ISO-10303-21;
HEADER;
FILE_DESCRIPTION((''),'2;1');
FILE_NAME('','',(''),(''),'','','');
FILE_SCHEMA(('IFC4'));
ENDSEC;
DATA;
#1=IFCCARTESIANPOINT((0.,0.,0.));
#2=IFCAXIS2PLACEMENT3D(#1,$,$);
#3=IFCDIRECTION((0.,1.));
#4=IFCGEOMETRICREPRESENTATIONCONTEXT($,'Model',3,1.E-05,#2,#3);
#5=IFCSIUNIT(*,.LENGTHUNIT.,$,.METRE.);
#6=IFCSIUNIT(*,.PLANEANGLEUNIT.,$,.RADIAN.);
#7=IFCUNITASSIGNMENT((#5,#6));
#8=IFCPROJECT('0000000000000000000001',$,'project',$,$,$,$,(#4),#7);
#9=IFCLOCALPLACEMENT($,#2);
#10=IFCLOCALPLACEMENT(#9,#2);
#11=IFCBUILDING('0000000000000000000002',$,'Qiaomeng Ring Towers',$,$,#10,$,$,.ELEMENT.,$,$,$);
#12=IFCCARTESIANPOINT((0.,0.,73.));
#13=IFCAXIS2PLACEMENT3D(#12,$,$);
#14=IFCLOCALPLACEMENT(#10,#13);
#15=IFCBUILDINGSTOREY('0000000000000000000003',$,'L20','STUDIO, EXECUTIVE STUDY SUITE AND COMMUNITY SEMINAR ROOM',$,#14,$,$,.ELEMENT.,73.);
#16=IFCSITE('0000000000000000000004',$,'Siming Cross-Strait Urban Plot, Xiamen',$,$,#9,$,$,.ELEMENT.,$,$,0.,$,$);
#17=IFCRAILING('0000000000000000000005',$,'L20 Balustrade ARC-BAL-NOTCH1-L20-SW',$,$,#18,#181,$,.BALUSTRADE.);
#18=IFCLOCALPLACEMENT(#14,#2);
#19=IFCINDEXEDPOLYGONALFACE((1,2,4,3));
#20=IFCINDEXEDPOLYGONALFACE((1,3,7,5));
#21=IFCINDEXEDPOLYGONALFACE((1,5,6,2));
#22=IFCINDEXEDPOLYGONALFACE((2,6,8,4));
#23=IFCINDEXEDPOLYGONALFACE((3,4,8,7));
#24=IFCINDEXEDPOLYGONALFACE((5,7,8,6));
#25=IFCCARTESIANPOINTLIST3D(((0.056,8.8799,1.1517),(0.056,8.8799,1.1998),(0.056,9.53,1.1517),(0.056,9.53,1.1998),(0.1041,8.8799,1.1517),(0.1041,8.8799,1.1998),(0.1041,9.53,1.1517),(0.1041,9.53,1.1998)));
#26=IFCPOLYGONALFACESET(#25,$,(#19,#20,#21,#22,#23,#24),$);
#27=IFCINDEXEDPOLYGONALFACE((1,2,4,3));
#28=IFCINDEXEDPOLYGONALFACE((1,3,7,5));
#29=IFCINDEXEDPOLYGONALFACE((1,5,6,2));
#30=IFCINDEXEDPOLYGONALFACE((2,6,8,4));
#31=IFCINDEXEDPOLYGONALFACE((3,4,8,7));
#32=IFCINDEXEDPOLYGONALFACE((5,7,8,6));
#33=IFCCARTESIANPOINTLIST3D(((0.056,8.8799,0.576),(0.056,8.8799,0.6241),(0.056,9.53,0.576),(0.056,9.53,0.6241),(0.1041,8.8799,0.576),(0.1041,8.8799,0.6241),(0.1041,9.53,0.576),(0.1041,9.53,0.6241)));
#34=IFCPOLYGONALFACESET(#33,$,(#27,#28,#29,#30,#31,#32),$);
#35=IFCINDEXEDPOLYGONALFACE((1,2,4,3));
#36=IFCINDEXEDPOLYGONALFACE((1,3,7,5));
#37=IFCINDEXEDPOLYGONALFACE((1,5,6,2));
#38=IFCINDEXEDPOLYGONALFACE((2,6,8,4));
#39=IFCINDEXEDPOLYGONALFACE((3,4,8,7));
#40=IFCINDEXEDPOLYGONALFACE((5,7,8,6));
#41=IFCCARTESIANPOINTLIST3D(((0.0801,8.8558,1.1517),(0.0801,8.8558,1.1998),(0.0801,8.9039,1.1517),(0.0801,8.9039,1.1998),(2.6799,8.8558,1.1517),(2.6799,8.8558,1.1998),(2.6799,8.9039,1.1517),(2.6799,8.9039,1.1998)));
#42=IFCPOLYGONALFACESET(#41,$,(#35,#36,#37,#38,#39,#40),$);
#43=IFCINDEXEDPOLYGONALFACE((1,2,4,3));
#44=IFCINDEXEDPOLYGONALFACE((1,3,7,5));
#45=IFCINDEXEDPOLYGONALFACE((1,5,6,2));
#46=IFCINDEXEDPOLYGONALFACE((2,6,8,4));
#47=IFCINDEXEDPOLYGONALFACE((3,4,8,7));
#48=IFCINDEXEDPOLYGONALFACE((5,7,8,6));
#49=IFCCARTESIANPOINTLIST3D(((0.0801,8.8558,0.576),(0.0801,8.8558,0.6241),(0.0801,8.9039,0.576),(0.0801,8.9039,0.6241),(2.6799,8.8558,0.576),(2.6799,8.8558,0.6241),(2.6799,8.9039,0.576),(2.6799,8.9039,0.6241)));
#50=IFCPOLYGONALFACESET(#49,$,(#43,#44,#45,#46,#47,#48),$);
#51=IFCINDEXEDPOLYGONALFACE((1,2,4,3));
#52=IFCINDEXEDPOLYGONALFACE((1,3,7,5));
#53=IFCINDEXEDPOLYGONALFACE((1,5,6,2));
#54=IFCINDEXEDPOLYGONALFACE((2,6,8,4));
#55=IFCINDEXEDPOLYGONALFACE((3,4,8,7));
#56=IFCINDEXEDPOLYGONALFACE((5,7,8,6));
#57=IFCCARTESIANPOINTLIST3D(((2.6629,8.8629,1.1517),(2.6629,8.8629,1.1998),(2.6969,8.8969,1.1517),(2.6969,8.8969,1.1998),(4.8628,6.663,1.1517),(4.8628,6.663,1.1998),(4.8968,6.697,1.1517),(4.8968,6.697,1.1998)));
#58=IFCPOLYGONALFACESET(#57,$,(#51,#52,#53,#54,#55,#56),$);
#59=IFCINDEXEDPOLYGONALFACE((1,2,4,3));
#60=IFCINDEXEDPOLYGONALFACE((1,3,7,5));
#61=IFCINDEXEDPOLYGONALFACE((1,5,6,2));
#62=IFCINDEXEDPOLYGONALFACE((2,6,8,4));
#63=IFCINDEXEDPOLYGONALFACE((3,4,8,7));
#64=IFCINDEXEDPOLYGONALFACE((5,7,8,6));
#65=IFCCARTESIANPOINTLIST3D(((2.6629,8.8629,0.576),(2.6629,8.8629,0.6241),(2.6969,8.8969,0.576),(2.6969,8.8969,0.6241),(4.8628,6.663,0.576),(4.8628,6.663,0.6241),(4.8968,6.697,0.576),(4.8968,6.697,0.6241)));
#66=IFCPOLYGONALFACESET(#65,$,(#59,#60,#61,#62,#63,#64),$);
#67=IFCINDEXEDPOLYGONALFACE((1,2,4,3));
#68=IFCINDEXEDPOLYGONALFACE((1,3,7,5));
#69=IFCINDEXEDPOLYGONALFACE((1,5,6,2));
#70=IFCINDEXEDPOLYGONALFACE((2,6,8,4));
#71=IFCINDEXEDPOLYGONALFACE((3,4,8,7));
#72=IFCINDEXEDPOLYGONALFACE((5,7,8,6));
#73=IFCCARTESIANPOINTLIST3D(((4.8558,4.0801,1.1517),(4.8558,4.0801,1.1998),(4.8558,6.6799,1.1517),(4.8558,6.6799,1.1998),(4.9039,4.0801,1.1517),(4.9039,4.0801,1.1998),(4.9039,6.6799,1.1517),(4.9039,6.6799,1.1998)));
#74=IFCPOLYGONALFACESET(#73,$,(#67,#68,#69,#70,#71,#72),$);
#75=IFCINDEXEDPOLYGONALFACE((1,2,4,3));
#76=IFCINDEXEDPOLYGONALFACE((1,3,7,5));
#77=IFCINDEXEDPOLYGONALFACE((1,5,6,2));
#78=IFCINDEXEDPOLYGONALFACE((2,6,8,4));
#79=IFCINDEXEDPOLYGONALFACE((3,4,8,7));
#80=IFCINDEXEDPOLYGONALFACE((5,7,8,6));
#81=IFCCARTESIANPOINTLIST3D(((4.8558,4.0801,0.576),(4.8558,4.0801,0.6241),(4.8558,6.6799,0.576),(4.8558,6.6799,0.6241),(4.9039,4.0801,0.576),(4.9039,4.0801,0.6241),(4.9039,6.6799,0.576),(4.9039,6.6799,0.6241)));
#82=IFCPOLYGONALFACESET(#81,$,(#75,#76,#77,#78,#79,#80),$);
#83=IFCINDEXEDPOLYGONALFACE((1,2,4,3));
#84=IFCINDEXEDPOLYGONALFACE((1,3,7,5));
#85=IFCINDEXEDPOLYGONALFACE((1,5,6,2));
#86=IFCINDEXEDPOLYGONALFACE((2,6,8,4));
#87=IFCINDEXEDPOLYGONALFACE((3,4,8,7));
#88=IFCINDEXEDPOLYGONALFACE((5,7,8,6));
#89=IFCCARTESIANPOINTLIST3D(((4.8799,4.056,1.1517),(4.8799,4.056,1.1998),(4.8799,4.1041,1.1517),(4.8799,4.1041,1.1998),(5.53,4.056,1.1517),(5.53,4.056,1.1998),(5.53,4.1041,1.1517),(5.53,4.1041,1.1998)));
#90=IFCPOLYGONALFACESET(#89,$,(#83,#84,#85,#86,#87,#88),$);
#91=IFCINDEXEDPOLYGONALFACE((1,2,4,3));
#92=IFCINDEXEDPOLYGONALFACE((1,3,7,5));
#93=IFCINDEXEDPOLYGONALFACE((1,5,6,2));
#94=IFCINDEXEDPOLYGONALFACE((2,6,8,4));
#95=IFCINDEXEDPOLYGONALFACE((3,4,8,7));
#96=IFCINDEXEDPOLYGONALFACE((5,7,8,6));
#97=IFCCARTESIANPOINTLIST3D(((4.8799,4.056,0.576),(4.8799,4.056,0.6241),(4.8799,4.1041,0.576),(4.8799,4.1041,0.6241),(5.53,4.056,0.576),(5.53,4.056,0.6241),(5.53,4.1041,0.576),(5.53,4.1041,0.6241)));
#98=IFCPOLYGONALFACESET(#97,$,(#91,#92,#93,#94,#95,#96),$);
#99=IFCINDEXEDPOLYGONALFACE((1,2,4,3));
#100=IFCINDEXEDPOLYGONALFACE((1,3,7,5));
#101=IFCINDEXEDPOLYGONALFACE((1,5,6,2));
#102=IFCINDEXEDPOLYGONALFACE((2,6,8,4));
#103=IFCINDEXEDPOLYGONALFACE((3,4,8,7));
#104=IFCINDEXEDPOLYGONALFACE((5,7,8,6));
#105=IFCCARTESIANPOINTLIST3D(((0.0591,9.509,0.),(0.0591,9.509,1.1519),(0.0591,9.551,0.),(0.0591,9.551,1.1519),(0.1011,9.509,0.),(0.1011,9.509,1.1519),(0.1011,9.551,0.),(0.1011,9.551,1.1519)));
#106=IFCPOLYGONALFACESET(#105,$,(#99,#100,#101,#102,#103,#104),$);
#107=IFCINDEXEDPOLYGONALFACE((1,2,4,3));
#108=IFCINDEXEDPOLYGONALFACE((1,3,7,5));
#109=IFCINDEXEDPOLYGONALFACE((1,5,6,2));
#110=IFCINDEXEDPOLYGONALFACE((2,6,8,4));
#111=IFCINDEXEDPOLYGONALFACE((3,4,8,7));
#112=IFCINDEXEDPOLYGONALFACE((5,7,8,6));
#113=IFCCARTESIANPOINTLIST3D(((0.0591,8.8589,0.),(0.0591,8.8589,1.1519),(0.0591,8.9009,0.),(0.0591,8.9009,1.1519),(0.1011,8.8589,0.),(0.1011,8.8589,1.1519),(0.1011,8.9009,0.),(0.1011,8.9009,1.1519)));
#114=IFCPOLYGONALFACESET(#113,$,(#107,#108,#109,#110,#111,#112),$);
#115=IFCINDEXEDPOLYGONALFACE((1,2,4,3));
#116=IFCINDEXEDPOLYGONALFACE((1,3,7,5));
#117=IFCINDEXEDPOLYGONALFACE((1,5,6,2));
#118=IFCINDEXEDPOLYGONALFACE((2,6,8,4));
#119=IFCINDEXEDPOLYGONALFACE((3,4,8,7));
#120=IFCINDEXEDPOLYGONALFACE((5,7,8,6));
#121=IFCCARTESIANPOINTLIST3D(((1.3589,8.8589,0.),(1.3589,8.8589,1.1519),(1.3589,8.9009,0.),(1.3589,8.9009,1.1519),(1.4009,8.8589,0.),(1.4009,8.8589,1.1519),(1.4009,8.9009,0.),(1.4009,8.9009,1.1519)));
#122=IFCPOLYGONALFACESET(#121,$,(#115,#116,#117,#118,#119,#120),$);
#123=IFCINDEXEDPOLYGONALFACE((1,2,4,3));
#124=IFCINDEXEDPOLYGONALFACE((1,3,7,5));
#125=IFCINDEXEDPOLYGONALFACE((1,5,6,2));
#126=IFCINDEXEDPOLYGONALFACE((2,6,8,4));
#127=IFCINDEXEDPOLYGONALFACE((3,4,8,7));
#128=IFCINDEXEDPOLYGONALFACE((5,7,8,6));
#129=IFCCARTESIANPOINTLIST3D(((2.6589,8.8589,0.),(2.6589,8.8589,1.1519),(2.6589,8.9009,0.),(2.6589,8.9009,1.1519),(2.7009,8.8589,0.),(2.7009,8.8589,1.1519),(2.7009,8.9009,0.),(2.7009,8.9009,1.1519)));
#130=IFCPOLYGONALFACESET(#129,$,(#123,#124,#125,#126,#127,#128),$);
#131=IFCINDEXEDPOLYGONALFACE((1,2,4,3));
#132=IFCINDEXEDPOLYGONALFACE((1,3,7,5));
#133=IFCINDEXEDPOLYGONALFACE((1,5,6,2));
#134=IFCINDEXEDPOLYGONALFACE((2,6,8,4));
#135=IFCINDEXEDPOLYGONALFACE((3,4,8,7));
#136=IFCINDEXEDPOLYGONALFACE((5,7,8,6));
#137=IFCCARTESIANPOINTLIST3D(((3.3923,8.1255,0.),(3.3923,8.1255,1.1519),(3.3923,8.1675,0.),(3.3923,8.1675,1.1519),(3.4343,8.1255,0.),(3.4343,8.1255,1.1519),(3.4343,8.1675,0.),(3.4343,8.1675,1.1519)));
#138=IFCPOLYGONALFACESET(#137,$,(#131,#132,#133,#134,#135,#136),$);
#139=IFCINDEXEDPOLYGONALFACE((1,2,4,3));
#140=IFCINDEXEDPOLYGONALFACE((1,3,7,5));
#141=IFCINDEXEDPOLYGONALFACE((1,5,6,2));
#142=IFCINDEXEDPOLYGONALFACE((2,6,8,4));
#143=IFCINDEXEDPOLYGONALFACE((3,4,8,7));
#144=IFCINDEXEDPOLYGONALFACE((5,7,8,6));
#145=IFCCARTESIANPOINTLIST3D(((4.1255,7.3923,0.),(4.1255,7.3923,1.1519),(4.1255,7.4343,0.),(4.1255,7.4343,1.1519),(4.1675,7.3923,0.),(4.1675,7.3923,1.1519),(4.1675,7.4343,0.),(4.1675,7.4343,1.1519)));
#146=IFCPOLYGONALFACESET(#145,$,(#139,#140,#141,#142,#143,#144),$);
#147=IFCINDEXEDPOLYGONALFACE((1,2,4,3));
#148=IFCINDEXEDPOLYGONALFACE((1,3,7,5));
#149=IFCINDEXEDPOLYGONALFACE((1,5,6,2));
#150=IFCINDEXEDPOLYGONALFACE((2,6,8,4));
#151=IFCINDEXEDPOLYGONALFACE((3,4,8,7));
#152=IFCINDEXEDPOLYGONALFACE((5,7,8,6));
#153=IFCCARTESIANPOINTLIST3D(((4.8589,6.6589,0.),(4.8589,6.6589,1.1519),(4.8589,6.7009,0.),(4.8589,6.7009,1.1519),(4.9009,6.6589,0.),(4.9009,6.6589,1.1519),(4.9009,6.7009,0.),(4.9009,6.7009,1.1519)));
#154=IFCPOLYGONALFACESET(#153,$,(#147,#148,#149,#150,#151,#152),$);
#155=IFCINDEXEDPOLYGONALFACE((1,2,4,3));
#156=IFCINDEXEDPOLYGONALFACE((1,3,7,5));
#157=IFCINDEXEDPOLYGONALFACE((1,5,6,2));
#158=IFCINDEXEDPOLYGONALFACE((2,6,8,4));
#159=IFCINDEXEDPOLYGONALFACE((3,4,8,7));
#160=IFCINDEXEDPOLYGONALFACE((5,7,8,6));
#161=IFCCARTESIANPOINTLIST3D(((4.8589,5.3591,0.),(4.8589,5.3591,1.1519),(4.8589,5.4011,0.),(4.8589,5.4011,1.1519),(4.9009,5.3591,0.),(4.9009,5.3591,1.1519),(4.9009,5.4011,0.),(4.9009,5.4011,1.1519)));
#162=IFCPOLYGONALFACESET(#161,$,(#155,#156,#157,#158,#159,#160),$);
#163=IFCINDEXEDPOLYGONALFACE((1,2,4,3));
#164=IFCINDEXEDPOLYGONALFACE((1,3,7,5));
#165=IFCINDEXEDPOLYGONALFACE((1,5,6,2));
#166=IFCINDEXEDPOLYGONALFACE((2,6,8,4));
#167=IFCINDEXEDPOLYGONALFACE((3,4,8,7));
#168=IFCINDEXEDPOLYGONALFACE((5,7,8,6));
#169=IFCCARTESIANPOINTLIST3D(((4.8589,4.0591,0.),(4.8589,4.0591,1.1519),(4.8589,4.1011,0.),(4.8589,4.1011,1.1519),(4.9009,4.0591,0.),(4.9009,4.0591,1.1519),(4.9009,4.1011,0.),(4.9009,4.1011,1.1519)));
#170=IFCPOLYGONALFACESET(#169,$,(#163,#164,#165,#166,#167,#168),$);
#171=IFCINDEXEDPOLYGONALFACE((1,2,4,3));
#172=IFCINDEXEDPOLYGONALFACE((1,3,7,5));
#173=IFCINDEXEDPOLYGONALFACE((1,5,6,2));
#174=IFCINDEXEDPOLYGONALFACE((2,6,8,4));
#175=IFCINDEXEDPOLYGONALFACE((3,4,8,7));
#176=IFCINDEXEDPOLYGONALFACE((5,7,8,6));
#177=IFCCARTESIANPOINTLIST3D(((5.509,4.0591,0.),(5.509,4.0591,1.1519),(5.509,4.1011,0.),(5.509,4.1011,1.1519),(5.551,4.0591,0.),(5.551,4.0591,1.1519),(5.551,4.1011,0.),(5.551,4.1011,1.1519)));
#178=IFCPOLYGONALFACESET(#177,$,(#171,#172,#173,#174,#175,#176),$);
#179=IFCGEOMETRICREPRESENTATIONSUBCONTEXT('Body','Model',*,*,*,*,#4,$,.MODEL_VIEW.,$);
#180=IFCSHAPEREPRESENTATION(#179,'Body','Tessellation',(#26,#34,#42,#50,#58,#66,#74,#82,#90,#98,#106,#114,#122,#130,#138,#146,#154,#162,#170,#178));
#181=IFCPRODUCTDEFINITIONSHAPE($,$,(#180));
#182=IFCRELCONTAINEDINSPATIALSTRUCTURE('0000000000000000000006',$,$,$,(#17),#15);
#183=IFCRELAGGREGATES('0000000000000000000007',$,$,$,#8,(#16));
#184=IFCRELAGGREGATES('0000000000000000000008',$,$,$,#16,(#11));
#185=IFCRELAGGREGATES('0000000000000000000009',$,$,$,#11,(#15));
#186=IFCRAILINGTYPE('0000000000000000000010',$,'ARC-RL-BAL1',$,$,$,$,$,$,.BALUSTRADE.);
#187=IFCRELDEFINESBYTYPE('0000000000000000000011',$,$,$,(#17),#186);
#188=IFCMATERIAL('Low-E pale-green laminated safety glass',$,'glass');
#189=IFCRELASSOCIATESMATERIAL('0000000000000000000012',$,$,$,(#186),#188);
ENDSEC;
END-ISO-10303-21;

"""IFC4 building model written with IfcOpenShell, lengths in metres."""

from ifc_helpers import new_model, si_unit, direction, frame, origin, origin_2d, place, context, subcontext, project, spatial, rectangle, extrude, material, type_object, element, save


model = new_model("IFC4")

# Units and contexts
model_context = context("Model", 3, precision=1e-05, world=origin(), true_north=direction((0.0, 1.0)))
body_context = subcontext(model_context, "Body", "Model", "MODEL_VIEW")
ifc_project = project(units=[si_unit("LENGTHUNIT", "METRE"), si_unit("PLANEANGLEUNIT", "RADIAN")], contexts=[model_context])

# Site, building, storey
site_placement = place(None, origin())
site = spatial("IfcSite", under=ifc_project, at=site_placement, Name="Siming Cross-Strait Urban Plot, Xiamen", CompositionType="ELEMENT", RefElevation=0.0)
building_placement = place(site_placement, origin())
building = spatial("IfcBuilding", under=site, at=building_placement, Name="Qiaomeng Ring Towers", CompositionType="ELEMENT")
storey_placement = place(building_placement, frame((0.0, 0.0, 73.0)))
storey = spatial("IfcBuildingStorey", under=building, at=storey_placement, Name="L20", Description="STUDIO, EXECUTIVE STUDY SUITE AND COMMUNITY SEMINAR ROOM", CompositionType="ELEMENT", Elevation=73.0)

# Railing
ifc_material_1 = material(Name="Low-E pale-green laminated safety glass", Category="glass")
railing_type = type_object("IfcRailingType", Name="ARC-RL-BAL1", PredefinedType="BALUSTRADE", material=ifc_material_1)
railing_1_placement = place(storey_placement, frame((0.0801, 9.53, 0.0)))
element("IfcRailing", 1, at=railing_1_placement, inside=storey, type_object=railing_type, Name="L20 Balustrade ARC-BAL-NOTCH1-L20-SW", PredefinedType="BALUSTRADE", context=body_context, shape_type="SweptSolid", body=[
    extrude(rectangle(XDim=0.0481, YDim=0.0481, at=origin_2d()), frame((0.0, 0.0, 1.1758), z_axis=(0.0, -1.0, 0.0), x_axis=(1.0, 0.0, 0.0)), (0.0, 0.0, 1.0), 0.6501),
    extrude(rectangle(XDim=0.0481, YDim=0.0481, at=origin_2d()), frame((0.0, 0.0, 0.6001), z_axis=(0.0, -1.0, 0.0), x_axis=(1.0, 0.0, 0.0)), (0.0, 0.0, 1.0), 0.6501),
    extrude(rectangle(XDim=0.0481, YDim=0.0481, at=origin_2d()), frame((0.0, -0.6501, 1.1758), z_axis=(1.0, 0.0, 0.0), x_axis=(0.0, 1.0, 0.0)), (0.0, 0.0, 1.0), 2.5999),
    extrude(rectangle(XDim=0.0481, YDim=0.0481, at=origin_2d()), frame((0.0, -0.6501, 0.6001), z_axis=(1.0, 0.0, 0.0), x_axis=(0.0, 1.0, 0.0)), (0.0, 0.0, 1.0), 2.5999),
    extrude(rectangle(XDim=0.0481, YDim=0.0481, at=origin_2d()), frame((2.5999, -0.6501, 1.1758), z_axis=(0.707107, -0.707107, 0.0), x_axis=(0.707107, 0.707107, 0.0)), (0.0, 0.0, 1.0), 3.1111),
    extrude(rectangle(XDim=0.0481, YDim=0.0481, at=origin_2d()), frame((2.5999, -0.6501, 0.6001), z_axis=(0.707107, -0.707107, 0.0), x_axis=(0.707107, 0.707107, 0.0)), (0.0, 0.0, 1.0), 3.1111),
    extrude(rectangle(XDim=0.0481, YDim=0.0481, at=origin_2d()), frame((4.7998, -2.8501, 1.1758), z_axis=(0.0, -1.0, 0.0), x_axis=(1.0, 0.0, 0.0)), (0.0, 0.0, 1.0), 2.5999),
    extrude(rectangle(XDim=0.0481, YDim=0.0481, at=origin_2d()), frame((4.7998, -2.8501, 0.6001), z_axis=(0.0, -1.0, 0.0), x_axis=(1.0, 0.0, 0.0)), (0.0, 0.0, 1.0), 2.5999),
    extrude(rectangle(XDim=0.0481, YDim=0.0481, at=origin_2d()), frame((4.7998, -5.45, 1.1758), z_axis=(1.0, 0.0, 0.0), x_axis=(0.0, 1.0, 0.0)), (0.0, 0.0, 1.0), 0.6501),
    extrude(rectangle(XDim=0.0481, YDim=0.0481, at=origin_2d()), frame((4.7998, -5.45, 0.6001), z_axis=(1.0, 0.0, 0.0), x_axis=(0.0, 1.0, 0.0)), (0.0, 0.0, 1.0), 0.6501),
    extrude(rectangle(XDim=0.042, YDim=0.042, at=origin_2d()), origin(), (0.0, 0.0, 1.0), 1.1519),
    extrude(rectangle(XDim=0.042, YDim=0.042, at=origin_2d()), frame((0.0, -0.6501, 0.0)), (0.0, 0.0, 1.0), 1.1519),
    extrude(rectangle(XDim=0.042, YDim=0.042, at=origin_2d()), frame((1.2998, -0.6501, 0.0)), (0.0, 0.0, 1.0), 1.1519),
    extrude(rectangle(XDim=0.042, YDim=0.042, at=origin_2d()), frame((2.5999, -0.6501, 0.0)), (0.0, 0.0, 1.0), 1.1519),
    extrude(rectangle(XDim=0.042, YDim=0.042, at=origin_2d()), frame((3.3333, -1.3835, 0.0)), (0.0, 0.0, 1.0), 1.1519),
    extrude(rectangle(XDim=0.042, YDim=0.042, at=origin_2d()), frame((4.0664, -2.1167, 0.0)), (0.0, 0.0, 1.0), 1.1519),
    extrude(rectangle(XDim=0.042, YDim=0.042, at=origin_2d()), frame((4.7998, -2.8501, 0.0)), (0.0, 0.0, 1.0), 1.1519),
    extrude(rectangle(XDim=0.042, YDim=0.042, at=origin_2d()), frame((4.7998, -4.1499, 0.0)), (0.0, 0.0, 1.0), 1.1519),
    extrude(rectangle(XDim=0.042, YDim=0.042, at=origin_2d()), frame((4.7998, -5.45, 0.0)), (0.0, 0.0, 1.0), 1.1519),
    extrude(rectangle(XDim=0.042, YDim=0.042, at=origin_2d()), frame((5.45, -5.45, 0.0)), (0.0, 0.0, 1.0), 1.1519),
])

save(model, "model.ifc")
